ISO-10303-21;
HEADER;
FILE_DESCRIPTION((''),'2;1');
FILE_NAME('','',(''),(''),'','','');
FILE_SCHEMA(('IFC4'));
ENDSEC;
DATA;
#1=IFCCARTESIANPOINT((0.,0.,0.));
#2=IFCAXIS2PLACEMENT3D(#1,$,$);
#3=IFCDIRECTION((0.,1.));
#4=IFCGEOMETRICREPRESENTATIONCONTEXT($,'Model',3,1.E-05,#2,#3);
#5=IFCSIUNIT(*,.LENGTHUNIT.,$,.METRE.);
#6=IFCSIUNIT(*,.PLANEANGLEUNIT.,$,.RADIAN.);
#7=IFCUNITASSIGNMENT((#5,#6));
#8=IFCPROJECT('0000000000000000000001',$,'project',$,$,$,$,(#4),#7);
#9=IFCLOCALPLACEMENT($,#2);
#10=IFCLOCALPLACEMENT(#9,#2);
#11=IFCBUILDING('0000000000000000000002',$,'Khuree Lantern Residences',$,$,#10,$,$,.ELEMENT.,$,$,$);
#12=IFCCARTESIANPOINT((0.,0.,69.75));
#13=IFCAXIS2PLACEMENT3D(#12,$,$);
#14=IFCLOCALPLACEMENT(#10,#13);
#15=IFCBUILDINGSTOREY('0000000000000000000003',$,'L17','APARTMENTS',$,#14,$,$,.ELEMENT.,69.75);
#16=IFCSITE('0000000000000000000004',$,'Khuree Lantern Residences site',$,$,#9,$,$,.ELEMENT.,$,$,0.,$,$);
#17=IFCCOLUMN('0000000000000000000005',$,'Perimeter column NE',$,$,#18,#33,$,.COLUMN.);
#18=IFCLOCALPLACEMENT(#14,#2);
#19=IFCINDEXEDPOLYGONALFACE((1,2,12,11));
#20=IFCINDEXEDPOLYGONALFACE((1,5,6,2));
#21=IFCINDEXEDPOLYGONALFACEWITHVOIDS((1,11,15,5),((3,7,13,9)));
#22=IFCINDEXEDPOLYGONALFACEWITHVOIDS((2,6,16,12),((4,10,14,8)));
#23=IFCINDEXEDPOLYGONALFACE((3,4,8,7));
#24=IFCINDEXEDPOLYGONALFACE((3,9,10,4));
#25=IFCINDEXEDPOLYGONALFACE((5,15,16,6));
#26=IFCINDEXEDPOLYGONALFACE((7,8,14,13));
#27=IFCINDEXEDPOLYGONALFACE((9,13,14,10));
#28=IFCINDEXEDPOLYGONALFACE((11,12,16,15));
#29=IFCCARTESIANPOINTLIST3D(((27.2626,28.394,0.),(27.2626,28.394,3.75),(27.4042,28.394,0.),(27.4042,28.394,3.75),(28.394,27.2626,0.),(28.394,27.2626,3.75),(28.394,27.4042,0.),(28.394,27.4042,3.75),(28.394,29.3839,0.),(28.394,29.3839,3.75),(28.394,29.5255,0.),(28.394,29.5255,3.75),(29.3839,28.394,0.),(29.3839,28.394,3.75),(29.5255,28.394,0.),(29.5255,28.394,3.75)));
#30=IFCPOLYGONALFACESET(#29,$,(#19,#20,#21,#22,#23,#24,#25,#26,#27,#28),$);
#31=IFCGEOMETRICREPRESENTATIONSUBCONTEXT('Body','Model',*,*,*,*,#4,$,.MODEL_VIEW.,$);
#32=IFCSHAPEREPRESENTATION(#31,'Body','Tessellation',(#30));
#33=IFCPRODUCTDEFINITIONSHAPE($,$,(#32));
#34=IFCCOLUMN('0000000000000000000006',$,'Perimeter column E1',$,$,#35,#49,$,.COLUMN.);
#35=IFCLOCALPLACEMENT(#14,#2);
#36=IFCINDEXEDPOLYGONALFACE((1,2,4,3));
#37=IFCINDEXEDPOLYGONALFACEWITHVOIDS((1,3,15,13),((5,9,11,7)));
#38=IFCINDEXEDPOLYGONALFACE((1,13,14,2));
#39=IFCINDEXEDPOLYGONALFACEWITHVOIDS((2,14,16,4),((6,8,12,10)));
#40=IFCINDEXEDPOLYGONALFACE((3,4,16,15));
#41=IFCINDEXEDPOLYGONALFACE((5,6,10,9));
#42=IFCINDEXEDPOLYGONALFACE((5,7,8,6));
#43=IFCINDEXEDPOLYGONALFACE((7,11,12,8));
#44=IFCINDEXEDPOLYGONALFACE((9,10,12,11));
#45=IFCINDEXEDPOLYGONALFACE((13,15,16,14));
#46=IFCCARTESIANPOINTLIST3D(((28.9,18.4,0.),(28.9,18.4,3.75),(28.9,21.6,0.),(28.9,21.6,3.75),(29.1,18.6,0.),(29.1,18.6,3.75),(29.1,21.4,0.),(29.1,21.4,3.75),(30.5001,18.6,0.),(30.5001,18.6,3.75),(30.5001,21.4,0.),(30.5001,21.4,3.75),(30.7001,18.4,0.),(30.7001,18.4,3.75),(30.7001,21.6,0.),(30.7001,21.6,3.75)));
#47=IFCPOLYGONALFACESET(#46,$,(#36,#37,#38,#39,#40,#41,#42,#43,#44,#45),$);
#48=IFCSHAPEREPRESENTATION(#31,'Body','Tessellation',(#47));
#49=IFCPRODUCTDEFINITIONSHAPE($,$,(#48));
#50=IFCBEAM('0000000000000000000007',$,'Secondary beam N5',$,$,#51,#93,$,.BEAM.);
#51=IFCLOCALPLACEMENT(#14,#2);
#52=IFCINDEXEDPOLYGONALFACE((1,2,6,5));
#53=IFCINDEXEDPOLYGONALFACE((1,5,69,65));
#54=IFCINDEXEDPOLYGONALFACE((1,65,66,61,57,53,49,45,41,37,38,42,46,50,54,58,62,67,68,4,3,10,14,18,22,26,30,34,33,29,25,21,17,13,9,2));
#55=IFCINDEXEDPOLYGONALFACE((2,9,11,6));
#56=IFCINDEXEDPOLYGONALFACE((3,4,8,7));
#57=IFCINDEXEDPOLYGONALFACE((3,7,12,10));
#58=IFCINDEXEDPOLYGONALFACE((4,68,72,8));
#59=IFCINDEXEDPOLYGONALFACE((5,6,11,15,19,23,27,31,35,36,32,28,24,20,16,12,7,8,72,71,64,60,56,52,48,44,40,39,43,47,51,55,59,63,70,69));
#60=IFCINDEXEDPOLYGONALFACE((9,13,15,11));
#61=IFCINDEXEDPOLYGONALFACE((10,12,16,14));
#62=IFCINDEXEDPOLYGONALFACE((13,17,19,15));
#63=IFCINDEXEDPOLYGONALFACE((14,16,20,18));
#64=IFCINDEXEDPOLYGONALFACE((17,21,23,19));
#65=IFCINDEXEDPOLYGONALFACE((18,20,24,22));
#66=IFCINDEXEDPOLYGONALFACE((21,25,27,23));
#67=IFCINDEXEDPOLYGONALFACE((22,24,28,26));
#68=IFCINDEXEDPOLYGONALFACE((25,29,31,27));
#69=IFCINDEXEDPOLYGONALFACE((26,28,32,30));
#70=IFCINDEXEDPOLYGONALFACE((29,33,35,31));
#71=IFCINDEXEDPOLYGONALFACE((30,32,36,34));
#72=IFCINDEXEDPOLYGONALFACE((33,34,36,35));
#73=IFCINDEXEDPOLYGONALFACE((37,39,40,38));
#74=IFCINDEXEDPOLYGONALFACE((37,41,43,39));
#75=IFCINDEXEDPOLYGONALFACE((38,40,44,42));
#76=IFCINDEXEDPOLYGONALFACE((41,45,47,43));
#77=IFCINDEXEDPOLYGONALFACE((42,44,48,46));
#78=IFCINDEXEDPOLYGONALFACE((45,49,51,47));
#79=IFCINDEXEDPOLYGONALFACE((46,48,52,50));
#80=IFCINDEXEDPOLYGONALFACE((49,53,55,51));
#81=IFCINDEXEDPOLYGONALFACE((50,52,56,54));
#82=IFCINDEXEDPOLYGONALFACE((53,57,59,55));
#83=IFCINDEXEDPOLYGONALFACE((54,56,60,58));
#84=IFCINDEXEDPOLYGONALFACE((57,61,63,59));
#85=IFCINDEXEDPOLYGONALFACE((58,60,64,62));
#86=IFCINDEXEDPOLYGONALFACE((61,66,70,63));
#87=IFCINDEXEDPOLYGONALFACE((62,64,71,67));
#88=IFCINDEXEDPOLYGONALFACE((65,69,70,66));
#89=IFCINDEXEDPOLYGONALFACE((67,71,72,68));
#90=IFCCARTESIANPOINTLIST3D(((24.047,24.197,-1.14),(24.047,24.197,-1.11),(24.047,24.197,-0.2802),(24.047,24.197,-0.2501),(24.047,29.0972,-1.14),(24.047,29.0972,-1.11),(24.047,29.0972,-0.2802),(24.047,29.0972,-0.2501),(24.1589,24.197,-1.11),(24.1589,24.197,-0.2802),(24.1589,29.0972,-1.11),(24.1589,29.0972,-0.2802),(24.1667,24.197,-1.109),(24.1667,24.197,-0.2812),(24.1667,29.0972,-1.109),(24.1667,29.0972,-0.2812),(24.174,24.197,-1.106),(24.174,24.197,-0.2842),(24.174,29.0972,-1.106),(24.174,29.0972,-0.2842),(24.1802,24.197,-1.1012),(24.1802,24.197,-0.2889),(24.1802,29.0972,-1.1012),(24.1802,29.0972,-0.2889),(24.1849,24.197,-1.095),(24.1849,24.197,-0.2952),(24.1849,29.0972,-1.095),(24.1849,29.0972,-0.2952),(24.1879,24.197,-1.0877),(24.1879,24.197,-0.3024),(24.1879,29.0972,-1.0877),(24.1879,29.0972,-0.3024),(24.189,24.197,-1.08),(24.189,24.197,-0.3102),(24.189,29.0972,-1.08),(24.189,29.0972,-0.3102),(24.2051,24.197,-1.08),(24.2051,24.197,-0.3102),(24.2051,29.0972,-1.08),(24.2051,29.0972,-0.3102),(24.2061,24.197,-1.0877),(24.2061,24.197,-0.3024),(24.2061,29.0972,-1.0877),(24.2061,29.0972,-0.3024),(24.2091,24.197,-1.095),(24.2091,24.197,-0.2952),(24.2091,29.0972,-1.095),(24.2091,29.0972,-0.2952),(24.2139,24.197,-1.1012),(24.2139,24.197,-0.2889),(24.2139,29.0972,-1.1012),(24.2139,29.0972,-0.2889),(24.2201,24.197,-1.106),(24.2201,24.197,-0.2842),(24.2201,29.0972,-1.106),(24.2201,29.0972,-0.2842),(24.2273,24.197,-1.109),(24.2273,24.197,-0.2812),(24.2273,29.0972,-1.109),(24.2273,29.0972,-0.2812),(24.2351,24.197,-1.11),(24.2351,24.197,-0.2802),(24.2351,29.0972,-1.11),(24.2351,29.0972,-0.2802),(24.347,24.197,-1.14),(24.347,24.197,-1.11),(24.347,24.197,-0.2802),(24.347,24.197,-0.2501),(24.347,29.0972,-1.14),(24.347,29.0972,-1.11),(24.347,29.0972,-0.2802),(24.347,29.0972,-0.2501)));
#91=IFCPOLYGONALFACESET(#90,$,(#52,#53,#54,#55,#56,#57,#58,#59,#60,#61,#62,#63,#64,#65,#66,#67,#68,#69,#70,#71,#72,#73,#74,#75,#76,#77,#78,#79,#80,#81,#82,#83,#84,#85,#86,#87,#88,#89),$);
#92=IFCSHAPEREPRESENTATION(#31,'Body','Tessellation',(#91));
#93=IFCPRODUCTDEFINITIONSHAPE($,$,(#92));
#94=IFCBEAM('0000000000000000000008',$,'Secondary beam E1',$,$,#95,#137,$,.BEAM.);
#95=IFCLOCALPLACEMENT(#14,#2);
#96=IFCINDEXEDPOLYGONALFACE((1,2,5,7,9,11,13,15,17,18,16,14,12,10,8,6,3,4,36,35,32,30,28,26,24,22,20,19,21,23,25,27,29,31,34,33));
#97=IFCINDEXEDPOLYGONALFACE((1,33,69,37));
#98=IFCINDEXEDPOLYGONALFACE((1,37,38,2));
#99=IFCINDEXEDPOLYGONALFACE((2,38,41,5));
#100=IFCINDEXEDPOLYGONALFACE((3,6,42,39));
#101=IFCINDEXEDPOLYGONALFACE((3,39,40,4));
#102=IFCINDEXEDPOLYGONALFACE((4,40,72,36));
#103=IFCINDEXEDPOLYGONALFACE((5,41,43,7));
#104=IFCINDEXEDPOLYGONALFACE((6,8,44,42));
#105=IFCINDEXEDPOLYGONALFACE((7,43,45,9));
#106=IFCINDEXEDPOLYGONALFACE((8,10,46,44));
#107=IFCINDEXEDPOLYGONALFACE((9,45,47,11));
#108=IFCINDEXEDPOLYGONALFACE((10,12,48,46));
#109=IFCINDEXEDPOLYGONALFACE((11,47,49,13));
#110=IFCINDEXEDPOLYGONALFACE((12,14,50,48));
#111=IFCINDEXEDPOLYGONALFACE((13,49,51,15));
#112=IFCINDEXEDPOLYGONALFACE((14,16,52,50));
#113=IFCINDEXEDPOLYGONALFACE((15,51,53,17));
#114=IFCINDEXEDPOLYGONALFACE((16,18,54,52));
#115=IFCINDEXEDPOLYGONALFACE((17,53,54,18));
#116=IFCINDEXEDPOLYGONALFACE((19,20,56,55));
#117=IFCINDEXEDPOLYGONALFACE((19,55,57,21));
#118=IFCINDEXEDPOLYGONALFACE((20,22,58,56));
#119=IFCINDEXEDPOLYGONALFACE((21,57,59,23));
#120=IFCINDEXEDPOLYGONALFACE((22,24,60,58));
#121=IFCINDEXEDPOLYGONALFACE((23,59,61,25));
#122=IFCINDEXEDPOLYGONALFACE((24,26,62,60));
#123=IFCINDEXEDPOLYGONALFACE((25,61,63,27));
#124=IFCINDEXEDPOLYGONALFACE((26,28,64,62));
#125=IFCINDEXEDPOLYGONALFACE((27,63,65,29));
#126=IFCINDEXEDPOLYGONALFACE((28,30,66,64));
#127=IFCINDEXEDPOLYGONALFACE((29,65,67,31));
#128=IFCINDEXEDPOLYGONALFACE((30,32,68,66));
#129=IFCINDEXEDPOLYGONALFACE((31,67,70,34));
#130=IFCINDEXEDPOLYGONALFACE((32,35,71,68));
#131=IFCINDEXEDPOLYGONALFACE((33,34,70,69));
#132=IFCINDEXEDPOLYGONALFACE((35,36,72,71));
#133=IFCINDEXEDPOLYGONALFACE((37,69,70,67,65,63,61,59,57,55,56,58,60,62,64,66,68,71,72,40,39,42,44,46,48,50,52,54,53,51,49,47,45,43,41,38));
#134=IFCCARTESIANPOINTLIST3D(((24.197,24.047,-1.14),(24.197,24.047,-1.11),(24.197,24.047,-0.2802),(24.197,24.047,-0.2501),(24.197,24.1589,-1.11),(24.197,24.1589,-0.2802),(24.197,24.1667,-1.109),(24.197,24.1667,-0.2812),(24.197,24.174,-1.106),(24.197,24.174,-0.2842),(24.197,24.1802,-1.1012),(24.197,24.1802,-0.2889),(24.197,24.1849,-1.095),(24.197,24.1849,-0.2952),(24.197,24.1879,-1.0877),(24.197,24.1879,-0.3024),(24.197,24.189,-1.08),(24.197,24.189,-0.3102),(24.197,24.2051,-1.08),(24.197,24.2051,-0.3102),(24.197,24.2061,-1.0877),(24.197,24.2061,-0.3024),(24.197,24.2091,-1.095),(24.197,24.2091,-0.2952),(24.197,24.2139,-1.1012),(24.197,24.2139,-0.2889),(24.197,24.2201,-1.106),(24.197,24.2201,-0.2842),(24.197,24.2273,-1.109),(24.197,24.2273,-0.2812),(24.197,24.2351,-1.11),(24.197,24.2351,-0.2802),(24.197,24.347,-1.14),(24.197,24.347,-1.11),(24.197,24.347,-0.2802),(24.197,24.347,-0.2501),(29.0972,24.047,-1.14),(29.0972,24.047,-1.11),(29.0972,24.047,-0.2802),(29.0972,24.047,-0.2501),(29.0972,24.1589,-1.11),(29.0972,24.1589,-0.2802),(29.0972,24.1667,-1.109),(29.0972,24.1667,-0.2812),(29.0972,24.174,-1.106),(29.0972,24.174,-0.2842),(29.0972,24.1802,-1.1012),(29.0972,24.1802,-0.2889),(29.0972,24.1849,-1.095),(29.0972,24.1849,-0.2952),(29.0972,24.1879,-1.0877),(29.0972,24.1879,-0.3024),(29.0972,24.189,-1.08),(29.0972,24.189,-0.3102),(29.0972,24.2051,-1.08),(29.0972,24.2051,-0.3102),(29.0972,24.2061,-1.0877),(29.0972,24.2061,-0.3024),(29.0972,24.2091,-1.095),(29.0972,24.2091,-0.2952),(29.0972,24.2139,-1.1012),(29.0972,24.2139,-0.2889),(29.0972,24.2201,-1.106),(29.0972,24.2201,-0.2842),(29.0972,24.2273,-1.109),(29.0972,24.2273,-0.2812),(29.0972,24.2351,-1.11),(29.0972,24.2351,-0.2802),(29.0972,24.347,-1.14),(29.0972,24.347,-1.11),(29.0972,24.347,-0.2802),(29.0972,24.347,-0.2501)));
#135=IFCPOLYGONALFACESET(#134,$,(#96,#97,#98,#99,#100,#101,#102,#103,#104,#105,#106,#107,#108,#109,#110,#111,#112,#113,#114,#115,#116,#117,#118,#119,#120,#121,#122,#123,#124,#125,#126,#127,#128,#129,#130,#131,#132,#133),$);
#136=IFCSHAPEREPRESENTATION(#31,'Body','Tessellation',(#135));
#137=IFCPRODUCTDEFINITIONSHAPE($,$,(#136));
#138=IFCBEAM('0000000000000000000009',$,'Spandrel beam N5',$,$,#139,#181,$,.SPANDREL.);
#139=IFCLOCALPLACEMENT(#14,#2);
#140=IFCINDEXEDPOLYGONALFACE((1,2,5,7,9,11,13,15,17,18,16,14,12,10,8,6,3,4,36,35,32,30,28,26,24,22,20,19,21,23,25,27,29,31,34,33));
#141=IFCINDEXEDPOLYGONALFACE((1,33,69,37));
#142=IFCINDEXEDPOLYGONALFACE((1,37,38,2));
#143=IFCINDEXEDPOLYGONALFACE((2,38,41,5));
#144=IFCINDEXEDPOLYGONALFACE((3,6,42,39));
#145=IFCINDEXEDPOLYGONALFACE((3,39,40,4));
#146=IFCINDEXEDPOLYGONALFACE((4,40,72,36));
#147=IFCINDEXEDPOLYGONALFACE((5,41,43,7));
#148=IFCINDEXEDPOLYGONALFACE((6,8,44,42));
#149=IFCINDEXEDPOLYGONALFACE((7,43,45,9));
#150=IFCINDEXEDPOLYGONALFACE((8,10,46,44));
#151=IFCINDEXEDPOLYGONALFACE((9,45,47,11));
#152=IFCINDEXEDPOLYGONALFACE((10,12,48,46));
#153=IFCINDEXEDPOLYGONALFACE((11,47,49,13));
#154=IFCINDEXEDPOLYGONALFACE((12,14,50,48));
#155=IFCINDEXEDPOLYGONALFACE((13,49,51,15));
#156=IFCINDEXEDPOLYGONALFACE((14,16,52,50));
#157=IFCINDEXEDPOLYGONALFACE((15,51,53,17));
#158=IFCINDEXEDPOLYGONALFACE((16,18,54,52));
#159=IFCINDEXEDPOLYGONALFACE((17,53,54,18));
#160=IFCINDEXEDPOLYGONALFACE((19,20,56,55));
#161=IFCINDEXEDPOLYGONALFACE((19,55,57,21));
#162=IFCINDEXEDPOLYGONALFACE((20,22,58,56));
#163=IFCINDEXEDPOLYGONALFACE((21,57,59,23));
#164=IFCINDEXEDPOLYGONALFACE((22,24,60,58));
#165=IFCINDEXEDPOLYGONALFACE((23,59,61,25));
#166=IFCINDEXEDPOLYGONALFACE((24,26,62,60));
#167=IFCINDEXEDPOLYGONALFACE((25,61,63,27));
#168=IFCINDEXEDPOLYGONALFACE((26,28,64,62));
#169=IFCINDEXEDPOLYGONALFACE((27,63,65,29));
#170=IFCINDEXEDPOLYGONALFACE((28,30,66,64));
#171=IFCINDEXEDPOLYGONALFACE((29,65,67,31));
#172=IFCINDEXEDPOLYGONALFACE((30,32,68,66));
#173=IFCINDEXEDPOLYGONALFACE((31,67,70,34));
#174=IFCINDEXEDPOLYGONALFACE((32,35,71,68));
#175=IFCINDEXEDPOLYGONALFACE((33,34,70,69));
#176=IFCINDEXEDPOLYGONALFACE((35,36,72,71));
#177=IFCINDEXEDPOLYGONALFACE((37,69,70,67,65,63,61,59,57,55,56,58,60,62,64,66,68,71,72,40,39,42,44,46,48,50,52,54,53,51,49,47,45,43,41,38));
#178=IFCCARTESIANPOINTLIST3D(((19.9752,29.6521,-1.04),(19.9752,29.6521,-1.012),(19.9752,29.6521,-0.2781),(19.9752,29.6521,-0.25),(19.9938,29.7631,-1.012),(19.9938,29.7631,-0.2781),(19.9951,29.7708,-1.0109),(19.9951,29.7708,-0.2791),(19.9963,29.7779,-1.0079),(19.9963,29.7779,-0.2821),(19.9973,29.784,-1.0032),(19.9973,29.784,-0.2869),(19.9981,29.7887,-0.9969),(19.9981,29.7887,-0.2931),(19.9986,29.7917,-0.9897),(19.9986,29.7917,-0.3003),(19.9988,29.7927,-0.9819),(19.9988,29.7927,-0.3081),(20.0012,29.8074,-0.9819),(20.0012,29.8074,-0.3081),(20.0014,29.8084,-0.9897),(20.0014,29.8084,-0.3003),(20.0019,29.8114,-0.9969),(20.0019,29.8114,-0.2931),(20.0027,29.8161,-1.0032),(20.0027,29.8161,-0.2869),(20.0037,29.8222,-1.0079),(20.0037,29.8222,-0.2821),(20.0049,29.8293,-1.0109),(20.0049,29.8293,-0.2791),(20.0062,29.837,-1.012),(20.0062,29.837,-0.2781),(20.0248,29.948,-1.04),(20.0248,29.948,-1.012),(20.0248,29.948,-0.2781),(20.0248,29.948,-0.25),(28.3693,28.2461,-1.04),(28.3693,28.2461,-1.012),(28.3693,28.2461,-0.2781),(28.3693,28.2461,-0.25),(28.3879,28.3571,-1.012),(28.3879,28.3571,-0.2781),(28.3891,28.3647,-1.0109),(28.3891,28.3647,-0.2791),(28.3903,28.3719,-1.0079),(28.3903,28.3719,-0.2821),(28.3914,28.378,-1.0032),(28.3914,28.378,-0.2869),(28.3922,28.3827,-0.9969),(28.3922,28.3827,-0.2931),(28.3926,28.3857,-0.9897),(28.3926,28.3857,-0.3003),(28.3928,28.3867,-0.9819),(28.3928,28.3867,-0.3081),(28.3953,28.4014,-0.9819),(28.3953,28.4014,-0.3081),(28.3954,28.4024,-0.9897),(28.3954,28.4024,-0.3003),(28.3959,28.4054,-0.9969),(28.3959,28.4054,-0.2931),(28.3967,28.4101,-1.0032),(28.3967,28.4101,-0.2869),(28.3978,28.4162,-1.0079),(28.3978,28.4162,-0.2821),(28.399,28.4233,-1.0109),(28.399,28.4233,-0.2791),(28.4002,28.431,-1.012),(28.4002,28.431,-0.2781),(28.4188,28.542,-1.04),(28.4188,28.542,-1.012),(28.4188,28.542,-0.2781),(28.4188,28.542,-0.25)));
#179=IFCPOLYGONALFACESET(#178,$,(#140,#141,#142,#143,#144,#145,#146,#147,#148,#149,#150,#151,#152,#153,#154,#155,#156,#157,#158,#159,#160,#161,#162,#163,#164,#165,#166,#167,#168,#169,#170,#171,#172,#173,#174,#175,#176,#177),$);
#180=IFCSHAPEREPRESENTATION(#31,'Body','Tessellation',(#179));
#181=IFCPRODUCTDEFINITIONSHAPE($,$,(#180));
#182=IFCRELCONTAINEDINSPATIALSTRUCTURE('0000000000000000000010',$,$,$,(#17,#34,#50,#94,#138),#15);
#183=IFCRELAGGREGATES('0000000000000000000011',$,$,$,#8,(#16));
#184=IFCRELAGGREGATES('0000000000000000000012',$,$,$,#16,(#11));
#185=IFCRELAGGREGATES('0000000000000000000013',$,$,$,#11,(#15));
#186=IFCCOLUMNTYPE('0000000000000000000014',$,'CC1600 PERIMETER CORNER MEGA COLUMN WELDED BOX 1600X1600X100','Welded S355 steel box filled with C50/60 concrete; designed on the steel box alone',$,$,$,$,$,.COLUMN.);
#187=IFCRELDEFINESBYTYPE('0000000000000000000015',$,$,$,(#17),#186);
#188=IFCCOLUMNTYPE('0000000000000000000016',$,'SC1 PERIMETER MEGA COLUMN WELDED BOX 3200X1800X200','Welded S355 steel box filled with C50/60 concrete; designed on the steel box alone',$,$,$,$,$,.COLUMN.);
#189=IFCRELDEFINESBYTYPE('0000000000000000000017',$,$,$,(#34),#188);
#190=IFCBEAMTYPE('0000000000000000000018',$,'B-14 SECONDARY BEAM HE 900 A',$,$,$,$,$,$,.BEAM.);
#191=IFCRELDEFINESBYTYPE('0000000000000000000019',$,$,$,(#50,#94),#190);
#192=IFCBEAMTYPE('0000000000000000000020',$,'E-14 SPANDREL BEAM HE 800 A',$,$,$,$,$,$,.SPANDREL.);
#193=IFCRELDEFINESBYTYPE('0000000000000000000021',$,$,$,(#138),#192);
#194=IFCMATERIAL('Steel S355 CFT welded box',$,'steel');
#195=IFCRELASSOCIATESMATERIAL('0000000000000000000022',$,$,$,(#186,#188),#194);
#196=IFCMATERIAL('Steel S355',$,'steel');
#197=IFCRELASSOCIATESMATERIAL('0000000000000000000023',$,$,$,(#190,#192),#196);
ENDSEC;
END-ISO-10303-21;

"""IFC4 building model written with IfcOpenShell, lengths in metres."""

from ifc_helpers import new_model, si_unit, direction, frame, origin, origin_2d, place, context, subcontext, project, spatial, hollow_rectangle, i_section, extrude, material, material_profile, profile_set, type_object, element, save


model = new_model("IFC4")

# Units and contexts
model_context = context("Model", 3, precision=1e-05, world=origin(), true_north=direction((0.0, 1.0)))
body_context = subcontext(model_context, "Body", "Model", "MODEL_VIEW")
ifc_project = project(units=[si_unit("LENGTHUNIT", "METRE"), si_unit("PLANEANGLEUNIT", "RADIAN")], contexts=[model_context])

# Site, building, storey
site_placement = place(None, origin())
site = spatial("IfcSite", under=ifc_project, at=site_placement, Name="Khuree Lantern Residences site", CompositionType="ELEMENT", RefElevation=0.0)
building_placement = place(site_placement, origin())
building = spatial("IfcBuilding", under=site, at=building_placement, Name="Khuree Lantern Residences", CompositionType="ELEMENT")
storey_placement = place(building_placement, frame((0.0, 0.0, 69.75)))
storey = spatial("IfcBuildingStorey", under=building, at=storey_placement, Name="L17", Description="APARTMENTS", CompositionType="ELEMENT", Elevation=69.75)

# Columns
ifc_material_1 = material(Name="Steel S355 CFT welded box", Category="steel")
ifc_material_profile_1 = material_profile(ifc_material_1, hollow_rectangle(XDim=1.6001, YDim=1.6001, WallThickness=0.1001, at=origin_2d()), Name="WELDED BOX 1600X1600X100")
ifc_profile_set_1 = profile_set([ifc_material_profile_1], Name="Steel S355 CFT welded box")
column_type_1 = type_object("IfcColumnType", Name="CC1600 PERIMETER CORNER MEGA COLUMN WELDED BOX 1600X1600X100", Description="Welded S355 steel box filled with C50/60 concrete; designed on the steel box alone", PredefinedType="COLUMN", material=ifc_profile_set_1)
column_1_placement = place(storey_placement, frame((28.394, 28.394, 0.0), z_axis=(0.0, 0.0, 1.0), x_axis=(0.707107, -0.707107, 0.0)))
element("IfcColumn", 1, at=column_1_placement, inside=storey, type_object=column_type_1, Name="Perimeter column NE", PredefinedType="COLUMN", context=body_context, shape_type="SweptSolid", body=[
    extrude(hollow_rectangle(XDim=1.6001, YDim=1.6001, WallThickness=0.1001, at=origin_2d()), origin(), (0.0, 0.0, 1.0), 3.75),
])
ifc_material_profile_2 = material_profile(ifc_material_1, hollow_rectangle(XDim=3.2, YDim=1.8, WallThickness=0.2, at=origin_2d()), Name="WELDED BOX 3200X1800X200")
ifc_profile_set_2 = profile_set([ifc_material_profile_2], Name="Steel S355 CFT welded box")
column_type_2 = type_object("IfcColumnType", Name="SC1 PERIMETER MEGA COLUMN WELDED BOX 3200X1800X200", Description="Welded S355 steel box filled with C50/60 concrete; designed on the steel box alone", PredefinedType="COLUMN", material=ifc_profile_set_2)
column_2_placement = place(storey_placement, frame((29.8, 20.0, 0.0), z_axis=(0.0, 0.0, 1.0), x_axis=(0.0, 1.0, 0.0)))
element("IfcColumn", 2, at=column_2_placement, inside=storey, type_object=column_type_2, Name="Perimeter column E1", PredefinedType="COLUMN", context=body_context, shape_type="SweptSolid", body=[
    extrude(hollow_rectangle(XDim=3.2, YDim=1.8, WallThickness=0.2, at=origin_2d()), origin(), (0.0, 0.0, 1.0), 3.75),
])

# Beams
ifc_material_2 = material(Name="Steel S355", Category="steel")
ifc_material_profile_3 = material_profile(ifc_material_2, i_section(OverallWidth=0.3, OverallDepth=0.8899, WebThickness=0.0161, FlangeThickness=0.03, FilletRadius=0.03, at=origin_2d()), Name="HE 900 A")
ifc_profile_set_3 = profile_set([ifc_material_profile_3], Name="Steel S355")
beam_type_1 = type_object("IfcBeamType", Name="B-14 SECONDARY BEAM HE 900 A", PredefinedType="BEAM", material=ifc_profile_set_3)
for number, where, z_axis, x_axis, name in (
    (3, (24.197, 29.0972, -0.6951), (0.0, -1.0, 0.0), (1.0, 0.0, 0.0), "Secondary beam N5"),
    (4, (29.0972, 24.197, -0.6951), (-1.0, 0.0, 0.0), (0.0, -1.0, 0.0), "Secondary beam E1"),
):
    element("IfcBeam", number, at=place(storey_placement, frame(where, z_axis=z_axis, x_axis=x_axis)), inside=storey, type_object=beam_type_1, Name=name, PredefinedType="BEAM", context=body_context, shape_type="SweptSolid", body=[
        extrude(i_section(OverallWidth=0.3, OverallDepth=0.8899, WebThickness=0.0161, FlangeThickness=0.03, FilletRadius=0.03, at=origin_2d()), origin(), (0.0, 0.0, 1.0), 4.9001),
    ])
ifc_material_profile_4 = material_profile(ifc_material_2, i_section(OverallWidth=0.3, OverallDepth=0.79, WebThickness=0.0149, FlangeThickness=0.0281, FilletRadius=0.03, at=origin_2d()), Name="HE 800 A")
ifc_profile_set_4 = profile_set([ifc_material_profile_4], Name="Steel S355")
beam_type_2 = type_object("IfcBeamType", Name="E-14 SPANDREL BEAM HE 800 A", PredefinedType="SPANDREL", material=ifc_profile_set_4)
for number, where, z_axis, x_axis, name in (
    (5, (20.0, 29.8, -0.645), (0.98626, -0.165199, 0.0), (0.165199, 0.98626, 0.0), "Spandrel beam N5"),
):
    element("IfcBeam", number, at=place(storey_placement, frame(where, z_axis=z_axis, x_axis=x_axis)), inside=storey, type_object=beam_type_2, Name=name, PredefinedType="SPANDREL", context=body_context, shape_type="SweptSolid", body=[
        extrude(i_section(OverallWidth=0.3, OverallDepth=0.79, WebThickness=0.0149, FlangeThickness=0.0281, FilletRadius=0.03, at=origin_2d()), origin(), (0.0, 0.0, 1.0), 8.511),
    ])

save(model, "model.ifc")
